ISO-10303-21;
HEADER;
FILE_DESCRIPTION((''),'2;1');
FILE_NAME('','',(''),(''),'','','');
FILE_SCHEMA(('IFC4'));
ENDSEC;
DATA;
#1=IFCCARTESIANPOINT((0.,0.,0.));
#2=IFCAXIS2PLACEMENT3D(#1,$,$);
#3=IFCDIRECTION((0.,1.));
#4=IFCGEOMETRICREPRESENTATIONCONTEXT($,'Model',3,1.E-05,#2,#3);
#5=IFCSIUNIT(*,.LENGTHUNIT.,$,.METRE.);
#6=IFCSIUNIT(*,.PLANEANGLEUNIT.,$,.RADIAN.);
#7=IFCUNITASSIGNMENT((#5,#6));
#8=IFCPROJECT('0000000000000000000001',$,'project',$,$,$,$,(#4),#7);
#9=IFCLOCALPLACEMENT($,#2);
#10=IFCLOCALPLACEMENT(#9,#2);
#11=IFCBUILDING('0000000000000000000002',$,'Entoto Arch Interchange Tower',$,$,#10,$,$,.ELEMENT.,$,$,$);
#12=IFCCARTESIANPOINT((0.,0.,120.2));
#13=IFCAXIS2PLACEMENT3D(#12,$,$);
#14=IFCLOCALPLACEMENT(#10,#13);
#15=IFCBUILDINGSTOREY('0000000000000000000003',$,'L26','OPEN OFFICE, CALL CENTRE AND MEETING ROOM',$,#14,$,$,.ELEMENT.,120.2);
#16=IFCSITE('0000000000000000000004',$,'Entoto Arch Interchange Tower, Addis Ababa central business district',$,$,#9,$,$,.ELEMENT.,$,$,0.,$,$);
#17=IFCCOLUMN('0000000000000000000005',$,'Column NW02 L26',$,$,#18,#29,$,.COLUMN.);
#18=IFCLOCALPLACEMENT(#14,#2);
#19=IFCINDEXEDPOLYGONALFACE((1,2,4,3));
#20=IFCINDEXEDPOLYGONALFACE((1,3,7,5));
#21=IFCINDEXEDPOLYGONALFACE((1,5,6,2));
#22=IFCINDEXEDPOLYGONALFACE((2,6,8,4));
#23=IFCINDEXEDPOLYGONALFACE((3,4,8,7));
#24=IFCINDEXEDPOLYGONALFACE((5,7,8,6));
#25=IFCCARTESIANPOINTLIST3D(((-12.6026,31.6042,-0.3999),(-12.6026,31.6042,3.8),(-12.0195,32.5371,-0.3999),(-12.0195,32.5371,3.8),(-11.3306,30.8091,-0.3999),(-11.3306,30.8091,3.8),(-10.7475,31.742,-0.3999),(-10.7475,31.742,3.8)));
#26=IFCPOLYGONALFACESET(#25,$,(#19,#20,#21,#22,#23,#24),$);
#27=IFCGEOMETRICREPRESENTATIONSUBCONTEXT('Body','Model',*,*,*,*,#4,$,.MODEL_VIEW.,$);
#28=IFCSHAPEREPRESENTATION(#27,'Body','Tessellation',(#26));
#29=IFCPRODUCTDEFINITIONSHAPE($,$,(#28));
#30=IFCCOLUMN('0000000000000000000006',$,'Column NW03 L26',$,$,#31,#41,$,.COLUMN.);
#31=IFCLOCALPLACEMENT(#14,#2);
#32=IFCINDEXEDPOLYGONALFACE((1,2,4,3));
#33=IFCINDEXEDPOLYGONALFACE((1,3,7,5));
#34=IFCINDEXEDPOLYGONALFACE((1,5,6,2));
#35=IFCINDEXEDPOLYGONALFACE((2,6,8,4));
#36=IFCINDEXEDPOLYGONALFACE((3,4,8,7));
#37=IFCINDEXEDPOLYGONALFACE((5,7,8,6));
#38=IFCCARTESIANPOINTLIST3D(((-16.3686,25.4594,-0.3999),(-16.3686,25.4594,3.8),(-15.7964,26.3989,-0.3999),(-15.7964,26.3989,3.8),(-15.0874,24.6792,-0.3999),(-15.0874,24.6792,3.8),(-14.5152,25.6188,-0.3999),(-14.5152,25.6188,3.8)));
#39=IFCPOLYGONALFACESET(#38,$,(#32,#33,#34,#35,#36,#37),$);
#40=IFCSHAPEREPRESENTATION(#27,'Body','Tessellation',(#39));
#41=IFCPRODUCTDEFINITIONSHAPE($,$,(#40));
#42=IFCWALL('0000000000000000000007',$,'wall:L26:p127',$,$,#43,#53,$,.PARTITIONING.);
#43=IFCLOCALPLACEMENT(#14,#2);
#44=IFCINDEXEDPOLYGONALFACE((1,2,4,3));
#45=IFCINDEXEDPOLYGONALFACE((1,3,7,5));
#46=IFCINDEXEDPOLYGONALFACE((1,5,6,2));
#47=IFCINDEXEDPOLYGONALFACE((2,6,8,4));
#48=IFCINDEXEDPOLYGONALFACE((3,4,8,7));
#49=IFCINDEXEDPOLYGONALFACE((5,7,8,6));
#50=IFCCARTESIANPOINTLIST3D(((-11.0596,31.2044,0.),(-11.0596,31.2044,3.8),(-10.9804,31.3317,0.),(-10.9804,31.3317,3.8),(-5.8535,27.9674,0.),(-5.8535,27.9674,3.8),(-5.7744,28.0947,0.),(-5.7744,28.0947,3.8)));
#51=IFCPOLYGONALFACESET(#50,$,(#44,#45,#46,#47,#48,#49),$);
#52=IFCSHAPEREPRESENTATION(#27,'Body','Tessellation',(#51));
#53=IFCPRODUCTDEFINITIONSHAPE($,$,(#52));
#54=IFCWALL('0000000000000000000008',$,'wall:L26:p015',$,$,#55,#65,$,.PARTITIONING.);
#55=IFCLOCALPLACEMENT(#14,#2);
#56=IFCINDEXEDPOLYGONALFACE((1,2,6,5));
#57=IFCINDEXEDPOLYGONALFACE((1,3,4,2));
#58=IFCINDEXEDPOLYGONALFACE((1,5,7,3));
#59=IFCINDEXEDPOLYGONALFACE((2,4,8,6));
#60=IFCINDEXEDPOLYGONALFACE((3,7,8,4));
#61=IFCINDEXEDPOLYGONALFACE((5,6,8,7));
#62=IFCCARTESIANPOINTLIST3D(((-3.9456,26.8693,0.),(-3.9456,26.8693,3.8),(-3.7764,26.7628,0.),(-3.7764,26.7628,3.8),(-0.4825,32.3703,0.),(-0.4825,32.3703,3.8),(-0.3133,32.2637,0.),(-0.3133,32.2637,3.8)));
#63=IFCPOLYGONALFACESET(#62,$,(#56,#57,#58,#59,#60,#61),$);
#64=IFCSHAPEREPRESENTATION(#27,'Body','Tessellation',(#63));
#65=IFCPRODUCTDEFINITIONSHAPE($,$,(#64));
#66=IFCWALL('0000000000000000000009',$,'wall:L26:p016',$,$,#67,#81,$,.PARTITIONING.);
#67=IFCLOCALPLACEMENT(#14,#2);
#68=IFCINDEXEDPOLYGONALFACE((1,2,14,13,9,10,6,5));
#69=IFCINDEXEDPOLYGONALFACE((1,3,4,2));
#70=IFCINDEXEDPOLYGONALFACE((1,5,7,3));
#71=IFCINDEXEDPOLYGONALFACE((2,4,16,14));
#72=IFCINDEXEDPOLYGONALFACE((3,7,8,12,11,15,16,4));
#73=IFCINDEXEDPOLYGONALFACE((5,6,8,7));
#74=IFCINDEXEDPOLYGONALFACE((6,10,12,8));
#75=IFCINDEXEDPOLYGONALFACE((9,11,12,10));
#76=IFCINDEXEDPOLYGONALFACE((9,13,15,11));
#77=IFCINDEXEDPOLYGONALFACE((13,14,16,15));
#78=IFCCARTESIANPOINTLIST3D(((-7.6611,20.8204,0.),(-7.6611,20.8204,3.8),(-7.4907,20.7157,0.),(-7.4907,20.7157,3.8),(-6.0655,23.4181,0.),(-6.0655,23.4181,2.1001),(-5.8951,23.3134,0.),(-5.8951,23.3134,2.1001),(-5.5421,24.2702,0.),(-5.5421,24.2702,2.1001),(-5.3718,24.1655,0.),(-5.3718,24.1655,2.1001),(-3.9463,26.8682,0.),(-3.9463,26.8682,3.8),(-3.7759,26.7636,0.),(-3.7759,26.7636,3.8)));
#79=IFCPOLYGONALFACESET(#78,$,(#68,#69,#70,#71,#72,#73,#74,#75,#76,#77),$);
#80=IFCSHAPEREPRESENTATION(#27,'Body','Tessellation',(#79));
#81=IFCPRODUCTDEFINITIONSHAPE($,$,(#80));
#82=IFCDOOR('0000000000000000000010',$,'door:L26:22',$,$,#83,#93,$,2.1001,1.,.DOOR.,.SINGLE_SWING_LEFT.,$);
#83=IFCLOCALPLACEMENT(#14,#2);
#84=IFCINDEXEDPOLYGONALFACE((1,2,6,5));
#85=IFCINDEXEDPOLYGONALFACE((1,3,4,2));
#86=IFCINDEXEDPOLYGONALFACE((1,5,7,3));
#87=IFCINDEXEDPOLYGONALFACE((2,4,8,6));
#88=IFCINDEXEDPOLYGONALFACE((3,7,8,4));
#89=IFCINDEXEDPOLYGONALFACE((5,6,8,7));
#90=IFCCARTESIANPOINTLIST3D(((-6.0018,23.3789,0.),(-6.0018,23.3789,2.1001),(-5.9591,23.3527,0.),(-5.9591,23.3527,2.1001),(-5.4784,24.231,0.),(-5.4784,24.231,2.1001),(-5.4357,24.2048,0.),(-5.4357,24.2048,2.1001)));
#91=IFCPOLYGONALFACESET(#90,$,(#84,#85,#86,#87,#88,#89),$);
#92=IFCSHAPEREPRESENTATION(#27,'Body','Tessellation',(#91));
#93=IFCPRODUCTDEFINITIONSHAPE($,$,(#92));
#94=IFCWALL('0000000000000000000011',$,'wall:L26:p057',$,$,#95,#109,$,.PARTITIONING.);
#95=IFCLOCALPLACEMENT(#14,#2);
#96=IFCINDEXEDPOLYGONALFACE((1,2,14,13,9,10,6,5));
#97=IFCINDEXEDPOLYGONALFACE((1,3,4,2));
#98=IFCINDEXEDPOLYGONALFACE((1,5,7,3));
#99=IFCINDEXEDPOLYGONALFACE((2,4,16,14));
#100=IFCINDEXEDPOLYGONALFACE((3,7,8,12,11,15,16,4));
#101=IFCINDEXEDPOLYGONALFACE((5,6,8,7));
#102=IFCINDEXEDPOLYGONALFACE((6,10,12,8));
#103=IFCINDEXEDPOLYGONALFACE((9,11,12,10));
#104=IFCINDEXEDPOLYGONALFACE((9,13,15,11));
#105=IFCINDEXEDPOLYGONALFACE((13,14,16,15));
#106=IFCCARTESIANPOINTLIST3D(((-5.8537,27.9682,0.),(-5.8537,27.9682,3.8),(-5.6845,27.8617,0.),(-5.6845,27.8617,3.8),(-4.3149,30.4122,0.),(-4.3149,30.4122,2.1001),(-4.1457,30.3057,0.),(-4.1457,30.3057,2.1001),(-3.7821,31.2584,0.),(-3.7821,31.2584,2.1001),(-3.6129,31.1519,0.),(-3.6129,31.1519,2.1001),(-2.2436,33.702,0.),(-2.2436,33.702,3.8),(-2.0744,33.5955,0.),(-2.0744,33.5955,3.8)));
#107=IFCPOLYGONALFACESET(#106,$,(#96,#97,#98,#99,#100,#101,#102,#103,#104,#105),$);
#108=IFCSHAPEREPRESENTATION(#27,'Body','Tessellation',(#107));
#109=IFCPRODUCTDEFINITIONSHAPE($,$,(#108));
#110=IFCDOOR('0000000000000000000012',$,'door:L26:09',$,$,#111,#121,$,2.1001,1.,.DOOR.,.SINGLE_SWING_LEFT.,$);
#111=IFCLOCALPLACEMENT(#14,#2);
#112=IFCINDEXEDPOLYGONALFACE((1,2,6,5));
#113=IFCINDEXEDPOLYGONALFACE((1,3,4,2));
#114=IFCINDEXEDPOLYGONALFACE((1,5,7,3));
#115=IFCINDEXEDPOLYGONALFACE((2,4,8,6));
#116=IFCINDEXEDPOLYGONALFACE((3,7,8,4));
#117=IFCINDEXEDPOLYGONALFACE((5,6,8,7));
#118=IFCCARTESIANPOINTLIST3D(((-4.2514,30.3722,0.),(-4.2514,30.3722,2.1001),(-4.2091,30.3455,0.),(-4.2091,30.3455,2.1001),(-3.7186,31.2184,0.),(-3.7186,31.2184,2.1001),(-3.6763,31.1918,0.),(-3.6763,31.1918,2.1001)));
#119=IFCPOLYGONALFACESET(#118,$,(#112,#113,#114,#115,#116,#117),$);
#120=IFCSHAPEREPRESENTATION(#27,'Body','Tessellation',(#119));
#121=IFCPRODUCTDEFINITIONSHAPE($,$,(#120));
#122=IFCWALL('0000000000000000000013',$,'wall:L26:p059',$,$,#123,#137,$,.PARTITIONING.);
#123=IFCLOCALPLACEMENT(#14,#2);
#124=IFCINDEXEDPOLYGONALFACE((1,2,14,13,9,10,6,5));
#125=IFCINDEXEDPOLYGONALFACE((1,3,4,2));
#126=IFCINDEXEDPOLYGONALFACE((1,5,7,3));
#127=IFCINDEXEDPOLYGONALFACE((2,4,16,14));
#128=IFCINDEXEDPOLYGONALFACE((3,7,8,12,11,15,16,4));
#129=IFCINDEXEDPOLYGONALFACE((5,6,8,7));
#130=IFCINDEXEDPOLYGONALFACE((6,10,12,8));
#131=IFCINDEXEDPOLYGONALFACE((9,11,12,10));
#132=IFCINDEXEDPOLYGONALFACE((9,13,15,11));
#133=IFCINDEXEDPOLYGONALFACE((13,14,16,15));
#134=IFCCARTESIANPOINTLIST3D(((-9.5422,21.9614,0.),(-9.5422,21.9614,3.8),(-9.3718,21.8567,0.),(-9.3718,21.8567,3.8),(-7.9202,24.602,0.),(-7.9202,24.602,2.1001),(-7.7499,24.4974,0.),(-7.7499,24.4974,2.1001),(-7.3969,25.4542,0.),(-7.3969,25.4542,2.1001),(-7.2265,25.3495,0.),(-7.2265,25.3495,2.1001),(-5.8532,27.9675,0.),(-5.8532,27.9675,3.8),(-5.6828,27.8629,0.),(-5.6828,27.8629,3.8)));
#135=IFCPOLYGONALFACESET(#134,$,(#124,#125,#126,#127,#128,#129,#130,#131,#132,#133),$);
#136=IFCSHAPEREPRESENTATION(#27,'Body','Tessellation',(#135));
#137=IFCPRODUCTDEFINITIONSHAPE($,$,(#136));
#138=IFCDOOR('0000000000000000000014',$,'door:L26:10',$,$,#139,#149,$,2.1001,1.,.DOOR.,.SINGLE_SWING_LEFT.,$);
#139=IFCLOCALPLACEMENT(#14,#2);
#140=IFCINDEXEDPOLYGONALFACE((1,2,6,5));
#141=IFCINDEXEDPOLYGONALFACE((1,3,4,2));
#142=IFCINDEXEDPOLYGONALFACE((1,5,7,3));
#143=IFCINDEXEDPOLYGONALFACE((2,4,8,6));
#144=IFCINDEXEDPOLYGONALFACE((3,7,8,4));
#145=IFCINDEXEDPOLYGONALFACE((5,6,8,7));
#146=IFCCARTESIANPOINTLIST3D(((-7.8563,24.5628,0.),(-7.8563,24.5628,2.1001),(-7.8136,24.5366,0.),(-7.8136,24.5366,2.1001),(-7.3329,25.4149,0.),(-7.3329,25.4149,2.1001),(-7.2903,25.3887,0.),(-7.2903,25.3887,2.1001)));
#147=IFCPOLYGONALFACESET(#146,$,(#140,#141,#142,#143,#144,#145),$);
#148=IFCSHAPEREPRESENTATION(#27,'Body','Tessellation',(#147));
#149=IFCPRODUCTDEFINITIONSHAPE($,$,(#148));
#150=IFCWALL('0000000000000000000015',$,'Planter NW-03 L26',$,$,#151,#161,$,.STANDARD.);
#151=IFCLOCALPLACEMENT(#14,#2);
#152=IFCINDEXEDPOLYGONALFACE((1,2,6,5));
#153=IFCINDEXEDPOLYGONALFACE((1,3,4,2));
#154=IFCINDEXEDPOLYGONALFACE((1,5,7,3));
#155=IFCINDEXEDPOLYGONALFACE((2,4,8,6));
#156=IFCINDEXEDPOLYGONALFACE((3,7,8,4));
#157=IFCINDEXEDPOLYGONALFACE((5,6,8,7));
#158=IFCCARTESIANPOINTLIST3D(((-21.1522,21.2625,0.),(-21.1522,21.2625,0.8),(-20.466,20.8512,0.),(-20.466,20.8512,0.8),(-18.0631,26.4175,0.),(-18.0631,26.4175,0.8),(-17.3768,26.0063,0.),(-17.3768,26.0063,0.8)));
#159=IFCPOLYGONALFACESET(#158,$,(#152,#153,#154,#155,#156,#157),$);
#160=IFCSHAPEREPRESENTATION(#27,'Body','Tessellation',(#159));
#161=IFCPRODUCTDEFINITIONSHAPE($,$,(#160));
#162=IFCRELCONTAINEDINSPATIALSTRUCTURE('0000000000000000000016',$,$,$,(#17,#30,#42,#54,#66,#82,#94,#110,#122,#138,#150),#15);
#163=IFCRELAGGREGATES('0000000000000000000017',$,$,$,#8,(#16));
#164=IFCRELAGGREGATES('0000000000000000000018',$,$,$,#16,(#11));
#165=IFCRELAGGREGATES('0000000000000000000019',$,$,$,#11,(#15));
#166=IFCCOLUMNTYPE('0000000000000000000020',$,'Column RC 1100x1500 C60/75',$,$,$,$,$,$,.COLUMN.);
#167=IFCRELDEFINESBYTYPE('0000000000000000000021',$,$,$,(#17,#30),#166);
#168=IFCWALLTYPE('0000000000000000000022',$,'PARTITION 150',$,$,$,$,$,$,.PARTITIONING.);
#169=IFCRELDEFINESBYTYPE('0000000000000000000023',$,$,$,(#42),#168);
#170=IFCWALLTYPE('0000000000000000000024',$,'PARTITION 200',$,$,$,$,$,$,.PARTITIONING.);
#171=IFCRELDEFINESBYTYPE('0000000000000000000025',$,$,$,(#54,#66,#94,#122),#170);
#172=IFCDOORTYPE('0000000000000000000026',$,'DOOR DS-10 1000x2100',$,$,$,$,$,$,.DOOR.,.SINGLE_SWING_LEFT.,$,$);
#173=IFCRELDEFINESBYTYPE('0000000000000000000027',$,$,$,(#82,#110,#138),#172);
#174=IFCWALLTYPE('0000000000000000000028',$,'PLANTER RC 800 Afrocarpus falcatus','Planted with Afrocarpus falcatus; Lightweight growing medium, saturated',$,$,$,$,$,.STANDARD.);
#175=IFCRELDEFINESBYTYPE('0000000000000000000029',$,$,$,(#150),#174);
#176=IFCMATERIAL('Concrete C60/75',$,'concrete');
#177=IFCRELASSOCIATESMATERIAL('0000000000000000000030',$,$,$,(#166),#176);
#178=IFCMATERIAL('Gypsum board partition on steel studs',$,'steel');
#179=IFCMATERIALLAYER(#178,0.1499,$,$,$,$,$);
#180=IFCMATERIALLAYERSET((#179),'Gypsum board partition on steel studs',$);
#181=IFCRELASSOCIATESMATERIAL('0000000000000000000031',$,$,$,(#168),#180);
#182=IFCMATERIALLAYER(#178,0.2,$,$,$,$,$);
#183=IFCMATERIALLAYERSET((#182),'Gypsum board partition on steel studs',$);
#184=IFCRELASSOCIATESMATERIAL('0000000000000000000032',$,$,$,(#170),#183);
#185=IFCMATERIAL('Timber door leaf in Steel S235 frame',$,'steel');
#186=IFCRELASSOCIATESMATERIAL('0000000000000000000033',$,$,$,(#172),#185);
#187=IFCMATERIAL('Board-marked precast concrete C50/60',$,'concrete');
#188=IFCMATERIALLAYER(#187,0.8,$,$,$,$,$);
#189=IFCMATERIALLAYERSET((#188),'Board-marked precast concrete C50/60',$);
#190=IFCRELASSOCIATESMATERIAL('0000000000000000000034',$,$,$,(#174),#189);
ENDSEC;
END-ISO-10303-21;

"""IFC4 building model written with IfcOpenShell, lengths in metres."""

from ifc_helpers import new_model, si_unit, direction, frame, frame_2d, origin, origin_2d, place, context, subcontext, project, spatial, rectangle, extrude, material, layer, layer_set, material_profile, profile_set, type_object, element, fill, save


model = new_model("IFC4")

# Units and contexts
model_context = context("Model", 3, precision=1e-05, world=origin(), true_north=direction((0.0, 1.0)))
body_context = subcontext(model_context, "Body", "Model", "MODEL_VIEW")
ifc_project = project(units=[si_unit("LENGTHUNIT", "METRE"), si_unit("PLANEANGLEUNIT", "RADIAN")], contexts=[model_context])

# Site, building, storey
site_placement = place(None, origin())
site = spatial("IfcSite", under=ifc_project, at=site_placement, Name="Entoto Arch Interchange Tower, Addis Ababa central business district", CompositionType="ELEMENT", RefElevation=0.0)
building_placement = place(site_placement, origin())
building = spatial("IfcBuilding", under=site, at=building_placement, Name="Entoto Arch Interchange Tower", CompositionType="ELEMENT")
storey_placement = place(building_placement, frame((0.0, 0.0, 120.2)))
storey = spatial("IfcBuildingStorey", under=building, at=storey_placement, Name="L26", Description="OPEN OFFICE, CALL CENTRE AND MEETING ROOM", CompositionType="ELEMENT", Elevation=120.2)

# Columns
ifc_material_1 = material(Name="Concrete C60/75", Category="concrete")
ifc_material_profile = material_profile(ifc_material_1, rectangle(XDim=1.1001, YDim=1.5, at=origin_2d()))
ifc_profile_set = profile_set([ifc_material_profile], Name="Concrete C60/75")
column_type = type_object("IfcColumnType", Name="Column RC 1100x1500 C60/75", PredefinedType="COLUMN", material=ifc_profile_set)
for number, where, z_axis, x_axis, name in (
    (1, (-11.675, 31.6731, -0.3999), (0.0, 0.0, 1.0), (0.530067, 0.847956, 0.0), "Column NW02 L26"),
    (2, (-15.4419, 25.5391, -0.3999), (0.0, 0.0, 1.0), (0.520116, 0.854096, 0.0), "Column NW03 L26"),
):
    element("IfcColumn", number, at=place(storey_placement, frame(where, z_axis=z_axis, x_axis=x_axis)), inside=storey, type_object=column_type, Name=name, PredefinedType="COLUMN", context=body_context, shape_type="SweptSolid", body=[
        extrude(rectangle(XDim=1.1001, YDim=1.5, at=origin_2d()), origin(), (0.0, 0.0, 1.0), 4.2),
    ])

# Walls
ifc_material_2 = material(Name="Gypsum board partition on steel studs", Category="steel")
ifc_layer_1 = layer(ifc_material_2, 0.1499)
ifc_layer_set_1 = layer_set([ifc_layer_1], Name="Gypsum board partition on steel studs")
wall_type_1 = type_object("IfcWallType", Name="PARTITION 150", PredefinedType="PARTITIONING", material=ifc_layer_set_1)
wall_1_placement = place(storey_placement, frame((-5.814, 28.031, 0.0), z_axis=(0.0, 0.0, 1.0), x_axis=(-0.849222, 0.528036, 0.0)))
element("IfcWall", 3, at=wall_1_placement, inside=storey, type_object=wall_type_1, Name="wall:L26:p127", PredefinedType="PARTITIONING", context=body_context, shape_type="SweptSolid", body=[
    extrude(rectangle(XDim=6.1304, YDim=0.1499, at=frame_2d((3.0652, 0.0))), origin(), (0.0, 0.0, 1.0), 3.8),
])
ifc_layer_2 = layer(ifc_material_2, 0.2)
ifc_layer_set_2 = layer_set([ifc_layer_2], Name="Gypsum board partition on steel studs")
wall_type_2 = type_object("IfcWallType", Name="PARTITION 200", PredefinedType="PARTITIONING", material=ifc_layer_set_2)
wall_2_placement = place(storey_placement, frame((-0.3979, 32.3169, 0.0), z_axis=(0.0, 0.0, 1.0), x_axis=(-0.532764, -0.846264, 0.0)))
element("IfcWall", 4, at=wall_2_placement, inside=storey, type_object=wall_type_2, Name="wall:L26:p015", PredefinedType="PARTITIONING", context=body_context, shape_type="SweptSolid", body=[
    extrude(rectangle(XDim=6.5002, YDim=0.2, at=frame_2d((3.25, 0.0))), origin(), (0.0, 0.0, 1.0), 3.8),
])

# Walls, openings, doors
wall_3_placement = place(storey_placement, frame((-3.8611, 26.8159, 0.0), z_axis=(0.0, 0.0, 1.0), x_axis=(-0.523391, -0.852093, 0.0)))
wall_3 = element("IfcWall", 5, at=wall_3_placement, inside=storey, type_object=wall_type_2, Name="wall:L26:p016", PredefinedType="PARTITIONING", context=body_context, shape_type="SweptSolid", body=[
    extrude(rectangle(XDim=7.0977, YDim=0.2, at=frame_2d((3.5488, 0.0))), origin(), (0.0, 0.0, 1.0), 3.8),
])
opening_1_placement = place(wall_3_placement, frame((3.0491, 0.0, 0.0)))
opening_1 = element("IfcOpeningElement", 6, at=opening_1_placement, cuts=wall_3, PredefinedType="OPENING", context=body_context, shape_type="SweptSolid", body=[
    extrude(rectangle(XDim=1.0, YDim=2.1001, at=frame_2d((0.5, 1.05))), frame((0.0, 0.1099, 0.0), z_axis=(0.0, -1.0, 0.0), x_axis=(1.0, 0.0, 0.0)), (0.0, 0.0, 1.0), 0.22),
])
ifc_material_3 = material(Name="Timber door leaf in Steel S235 frame", Category="steel")
door_type_1 = type_object("IfcDoorType", Name="DOOR DS-10 1000x2100", OperationType="SINGLE_SWING_LEFT", PredefinedType="DOOR", material=ifc_material_3)
door_1_placement = place(opening_1_placement, origin())
door_1 = element("IfcDoor", 7, at=door_1_placement, inside=storey, type_object=door_type_1, Name="door:L26:22", OperationType="SINGLE_SWING_LEFT", OverallHeight=2.1001, OverallWidth=1.0, PredefinedType="DOOR", context=body_context, shape_type="SweptSolid", body=[
    extrude(rectangle(XDim=1.0, YDim=2.1001, at=frame_2d((0.5, 1.05))), frame((0.0, 0.0249, 0.0), z_axis=(0.0, -1.0, 0.0), x_axis=(1.0, 0.0, 0.0)), (0.0, 0.0, 1.0), 0.05),
])
fill(opening_1, door_1)
wall_4_placement = place(storey_placement, frame((-5.769, 27.915, 0.0), z_axis=(0.0, 0.0, 1.0), x_axis=(0.532801, 0.846241, 0.0)))
wall_4 = element("IfcWall", 8, at=wall_4_placement, inside=storey, type_object=wall_type_2, Name="wall:L26:p057", PredefinedType="PARTITIONING", context=body_context, shape_type="SweptSolid", body=[
    extrude(rectangle(XDim=6.7756, YDim=0.2, at=frame_2d((3.3877, 0.0))), origin(), (0.0, 0.0, 1.0), 3.8),
])
opening_2_placement = place(wall_4_placement, frame((2.8879, 0.0, 0.0)))
opening_2 = element("IfcOpeningElement", 9, at=opening_2_placement, cuts=wall_4, PredefinedType="OPENING", context=body_context, shape_type="SweptSolid", body=[
    extrude(rectangle(XDim=1.0, YDim=2.1001, at=frame_2d((0.5, 1.05))), frame((0.0, 0.1099, 0.0), z_axis=(0.0, -1.0, 0.0), x_axis=(1.0, 0.0, 0.0)), (0.0, 0.0, 1.0), 0.22),
])
door_2_placement = place(opening_2_placement, origin())
door_2 = element("IfcDoor", 10, at=door_2_placement, inside=storey, type_object=door_type_1, Name="door:L26:09", OperationType="SINGLE_SWING_LEFT", OverallHeight=2.1001, OverallWidth=1.0, PredefinedType="DOOR", context=body_context, shape_type="SweptSolid", body=[
    extrude(rectangle(XDim=1.0, YDim=2.1001, at=frame_2d((0.5, 1.05))), frame((0.0, 0.0249, 0.0), z_axis=(0.0, -1.0, 0.0), x_axis=(1.0, 0.0, 0.0)), (0.0, 0.0, 1.0), 0.05),
])
fill(opening_2, door_2)
wall_5_placement = place(storey_placement, frame((-9.457, 21.9089, 0.0), z_axis=(0.0, 0.0, 1.0), x_axis=(0.523367, 0.852108, 0.0)))
wall_5 = element("IfcWall", 11, at=wall_5_placement, inside=storey, type_object=wall_type_2, Name="wall:L26:p059", PredefinedType="PARTITIONING", context=body_context, shape_type="SweptSolid", body=[
    extrude(rectangle(XDim=7.0486, YDim=0.2, at=frame_2d((3.5244, 0.0))), origin(), (0.0, 0.0, 1.0), 3.8),
])
opening_3_placement = place(wall_5_placement, frame((3.0991, 0.0, 0.0)))
opening_3 = element("IfcOpeningElement", 12, at=opening_3_placement, cuts=wall_5, PredefinedType="OPENING", context=body_context, shape_type="SweptSolid", body=[
    extrude(rectangle(XDim=1.0, YDim=2.1001, at=frame_2d((0.5, 1.05))), frame((0.0, 0.1099, 0.0), z_axis=(0.0, -1.0, 0.0), x_axis=(1.0, 0.0, 0.0)), (0.0, 0.0, 1.0), 0.22),
])
door_3_placement = place(opening_3_placement, origin())
door_3 = element("IfcDoor", 13, at=door_3_placement, inside=storey, type_object=door_type_1, Name="door:L26:10", OperationType="SINGLE_SWING_LEFT", OverallHeight=2.1001, OverallWidth=1.0, PredefinedType="DOOR", context=body_context, shape_type="SweptSolid", body=[
    extrude(rectangle(XDim=1.0, YDim=2.1001, at=frame_2d((0.5, 1.05))), frame((0.0, 0.0249, 0.0), z_axis=(0.0, -1.0, 0.0), x_axis=(1.0, 0.0, 0.0)), (0.0, 0.0, 1.0), 0.05),
])
fill(opening_3, door_3)

# Wall
ifc_material_4 = material(Name="Board-marked precast concrete C50/60", Category="concrete")
ifc_layer_3 = layer(ifc_material_4, 0.8)
ifc_layer_set_3 = layer_set([ifc_layer_3], Name="Board-marked precast concrete C50/60")
wall_type_3 = type_object("IfcWallType", Name="PLANTER RC 800 Afrocarpus falcatus", Description="Planted with Afrocarpus falcatus; Lightweight growing medium, saturated", PredefinedType="STANDARD", material=ifc_layer_set_3)
wall_6_placement = place(storey_placement, frame((-17.72, 26.2119, 0.0), z_axis=(0.0, 0.0, 1.0), x_axis=(-0.514018, -0.85778, 0.0)))
element("IfcWall", 14, at=wall_6_placement, inside=storey, type_object=wall_type_3, Name="Planter NW-03 L26", PredefinedType="STANDARD", context=body_context, shape_type="SweptSolid", body=[
    extrude(rectangle(XDim=6.0098, YDim=0.8, at=frame_2d((3.0049, 0.0))), origin(), (0.0, 0.0, 1.0), 0.8),
])

save(model, "model.ifc")
